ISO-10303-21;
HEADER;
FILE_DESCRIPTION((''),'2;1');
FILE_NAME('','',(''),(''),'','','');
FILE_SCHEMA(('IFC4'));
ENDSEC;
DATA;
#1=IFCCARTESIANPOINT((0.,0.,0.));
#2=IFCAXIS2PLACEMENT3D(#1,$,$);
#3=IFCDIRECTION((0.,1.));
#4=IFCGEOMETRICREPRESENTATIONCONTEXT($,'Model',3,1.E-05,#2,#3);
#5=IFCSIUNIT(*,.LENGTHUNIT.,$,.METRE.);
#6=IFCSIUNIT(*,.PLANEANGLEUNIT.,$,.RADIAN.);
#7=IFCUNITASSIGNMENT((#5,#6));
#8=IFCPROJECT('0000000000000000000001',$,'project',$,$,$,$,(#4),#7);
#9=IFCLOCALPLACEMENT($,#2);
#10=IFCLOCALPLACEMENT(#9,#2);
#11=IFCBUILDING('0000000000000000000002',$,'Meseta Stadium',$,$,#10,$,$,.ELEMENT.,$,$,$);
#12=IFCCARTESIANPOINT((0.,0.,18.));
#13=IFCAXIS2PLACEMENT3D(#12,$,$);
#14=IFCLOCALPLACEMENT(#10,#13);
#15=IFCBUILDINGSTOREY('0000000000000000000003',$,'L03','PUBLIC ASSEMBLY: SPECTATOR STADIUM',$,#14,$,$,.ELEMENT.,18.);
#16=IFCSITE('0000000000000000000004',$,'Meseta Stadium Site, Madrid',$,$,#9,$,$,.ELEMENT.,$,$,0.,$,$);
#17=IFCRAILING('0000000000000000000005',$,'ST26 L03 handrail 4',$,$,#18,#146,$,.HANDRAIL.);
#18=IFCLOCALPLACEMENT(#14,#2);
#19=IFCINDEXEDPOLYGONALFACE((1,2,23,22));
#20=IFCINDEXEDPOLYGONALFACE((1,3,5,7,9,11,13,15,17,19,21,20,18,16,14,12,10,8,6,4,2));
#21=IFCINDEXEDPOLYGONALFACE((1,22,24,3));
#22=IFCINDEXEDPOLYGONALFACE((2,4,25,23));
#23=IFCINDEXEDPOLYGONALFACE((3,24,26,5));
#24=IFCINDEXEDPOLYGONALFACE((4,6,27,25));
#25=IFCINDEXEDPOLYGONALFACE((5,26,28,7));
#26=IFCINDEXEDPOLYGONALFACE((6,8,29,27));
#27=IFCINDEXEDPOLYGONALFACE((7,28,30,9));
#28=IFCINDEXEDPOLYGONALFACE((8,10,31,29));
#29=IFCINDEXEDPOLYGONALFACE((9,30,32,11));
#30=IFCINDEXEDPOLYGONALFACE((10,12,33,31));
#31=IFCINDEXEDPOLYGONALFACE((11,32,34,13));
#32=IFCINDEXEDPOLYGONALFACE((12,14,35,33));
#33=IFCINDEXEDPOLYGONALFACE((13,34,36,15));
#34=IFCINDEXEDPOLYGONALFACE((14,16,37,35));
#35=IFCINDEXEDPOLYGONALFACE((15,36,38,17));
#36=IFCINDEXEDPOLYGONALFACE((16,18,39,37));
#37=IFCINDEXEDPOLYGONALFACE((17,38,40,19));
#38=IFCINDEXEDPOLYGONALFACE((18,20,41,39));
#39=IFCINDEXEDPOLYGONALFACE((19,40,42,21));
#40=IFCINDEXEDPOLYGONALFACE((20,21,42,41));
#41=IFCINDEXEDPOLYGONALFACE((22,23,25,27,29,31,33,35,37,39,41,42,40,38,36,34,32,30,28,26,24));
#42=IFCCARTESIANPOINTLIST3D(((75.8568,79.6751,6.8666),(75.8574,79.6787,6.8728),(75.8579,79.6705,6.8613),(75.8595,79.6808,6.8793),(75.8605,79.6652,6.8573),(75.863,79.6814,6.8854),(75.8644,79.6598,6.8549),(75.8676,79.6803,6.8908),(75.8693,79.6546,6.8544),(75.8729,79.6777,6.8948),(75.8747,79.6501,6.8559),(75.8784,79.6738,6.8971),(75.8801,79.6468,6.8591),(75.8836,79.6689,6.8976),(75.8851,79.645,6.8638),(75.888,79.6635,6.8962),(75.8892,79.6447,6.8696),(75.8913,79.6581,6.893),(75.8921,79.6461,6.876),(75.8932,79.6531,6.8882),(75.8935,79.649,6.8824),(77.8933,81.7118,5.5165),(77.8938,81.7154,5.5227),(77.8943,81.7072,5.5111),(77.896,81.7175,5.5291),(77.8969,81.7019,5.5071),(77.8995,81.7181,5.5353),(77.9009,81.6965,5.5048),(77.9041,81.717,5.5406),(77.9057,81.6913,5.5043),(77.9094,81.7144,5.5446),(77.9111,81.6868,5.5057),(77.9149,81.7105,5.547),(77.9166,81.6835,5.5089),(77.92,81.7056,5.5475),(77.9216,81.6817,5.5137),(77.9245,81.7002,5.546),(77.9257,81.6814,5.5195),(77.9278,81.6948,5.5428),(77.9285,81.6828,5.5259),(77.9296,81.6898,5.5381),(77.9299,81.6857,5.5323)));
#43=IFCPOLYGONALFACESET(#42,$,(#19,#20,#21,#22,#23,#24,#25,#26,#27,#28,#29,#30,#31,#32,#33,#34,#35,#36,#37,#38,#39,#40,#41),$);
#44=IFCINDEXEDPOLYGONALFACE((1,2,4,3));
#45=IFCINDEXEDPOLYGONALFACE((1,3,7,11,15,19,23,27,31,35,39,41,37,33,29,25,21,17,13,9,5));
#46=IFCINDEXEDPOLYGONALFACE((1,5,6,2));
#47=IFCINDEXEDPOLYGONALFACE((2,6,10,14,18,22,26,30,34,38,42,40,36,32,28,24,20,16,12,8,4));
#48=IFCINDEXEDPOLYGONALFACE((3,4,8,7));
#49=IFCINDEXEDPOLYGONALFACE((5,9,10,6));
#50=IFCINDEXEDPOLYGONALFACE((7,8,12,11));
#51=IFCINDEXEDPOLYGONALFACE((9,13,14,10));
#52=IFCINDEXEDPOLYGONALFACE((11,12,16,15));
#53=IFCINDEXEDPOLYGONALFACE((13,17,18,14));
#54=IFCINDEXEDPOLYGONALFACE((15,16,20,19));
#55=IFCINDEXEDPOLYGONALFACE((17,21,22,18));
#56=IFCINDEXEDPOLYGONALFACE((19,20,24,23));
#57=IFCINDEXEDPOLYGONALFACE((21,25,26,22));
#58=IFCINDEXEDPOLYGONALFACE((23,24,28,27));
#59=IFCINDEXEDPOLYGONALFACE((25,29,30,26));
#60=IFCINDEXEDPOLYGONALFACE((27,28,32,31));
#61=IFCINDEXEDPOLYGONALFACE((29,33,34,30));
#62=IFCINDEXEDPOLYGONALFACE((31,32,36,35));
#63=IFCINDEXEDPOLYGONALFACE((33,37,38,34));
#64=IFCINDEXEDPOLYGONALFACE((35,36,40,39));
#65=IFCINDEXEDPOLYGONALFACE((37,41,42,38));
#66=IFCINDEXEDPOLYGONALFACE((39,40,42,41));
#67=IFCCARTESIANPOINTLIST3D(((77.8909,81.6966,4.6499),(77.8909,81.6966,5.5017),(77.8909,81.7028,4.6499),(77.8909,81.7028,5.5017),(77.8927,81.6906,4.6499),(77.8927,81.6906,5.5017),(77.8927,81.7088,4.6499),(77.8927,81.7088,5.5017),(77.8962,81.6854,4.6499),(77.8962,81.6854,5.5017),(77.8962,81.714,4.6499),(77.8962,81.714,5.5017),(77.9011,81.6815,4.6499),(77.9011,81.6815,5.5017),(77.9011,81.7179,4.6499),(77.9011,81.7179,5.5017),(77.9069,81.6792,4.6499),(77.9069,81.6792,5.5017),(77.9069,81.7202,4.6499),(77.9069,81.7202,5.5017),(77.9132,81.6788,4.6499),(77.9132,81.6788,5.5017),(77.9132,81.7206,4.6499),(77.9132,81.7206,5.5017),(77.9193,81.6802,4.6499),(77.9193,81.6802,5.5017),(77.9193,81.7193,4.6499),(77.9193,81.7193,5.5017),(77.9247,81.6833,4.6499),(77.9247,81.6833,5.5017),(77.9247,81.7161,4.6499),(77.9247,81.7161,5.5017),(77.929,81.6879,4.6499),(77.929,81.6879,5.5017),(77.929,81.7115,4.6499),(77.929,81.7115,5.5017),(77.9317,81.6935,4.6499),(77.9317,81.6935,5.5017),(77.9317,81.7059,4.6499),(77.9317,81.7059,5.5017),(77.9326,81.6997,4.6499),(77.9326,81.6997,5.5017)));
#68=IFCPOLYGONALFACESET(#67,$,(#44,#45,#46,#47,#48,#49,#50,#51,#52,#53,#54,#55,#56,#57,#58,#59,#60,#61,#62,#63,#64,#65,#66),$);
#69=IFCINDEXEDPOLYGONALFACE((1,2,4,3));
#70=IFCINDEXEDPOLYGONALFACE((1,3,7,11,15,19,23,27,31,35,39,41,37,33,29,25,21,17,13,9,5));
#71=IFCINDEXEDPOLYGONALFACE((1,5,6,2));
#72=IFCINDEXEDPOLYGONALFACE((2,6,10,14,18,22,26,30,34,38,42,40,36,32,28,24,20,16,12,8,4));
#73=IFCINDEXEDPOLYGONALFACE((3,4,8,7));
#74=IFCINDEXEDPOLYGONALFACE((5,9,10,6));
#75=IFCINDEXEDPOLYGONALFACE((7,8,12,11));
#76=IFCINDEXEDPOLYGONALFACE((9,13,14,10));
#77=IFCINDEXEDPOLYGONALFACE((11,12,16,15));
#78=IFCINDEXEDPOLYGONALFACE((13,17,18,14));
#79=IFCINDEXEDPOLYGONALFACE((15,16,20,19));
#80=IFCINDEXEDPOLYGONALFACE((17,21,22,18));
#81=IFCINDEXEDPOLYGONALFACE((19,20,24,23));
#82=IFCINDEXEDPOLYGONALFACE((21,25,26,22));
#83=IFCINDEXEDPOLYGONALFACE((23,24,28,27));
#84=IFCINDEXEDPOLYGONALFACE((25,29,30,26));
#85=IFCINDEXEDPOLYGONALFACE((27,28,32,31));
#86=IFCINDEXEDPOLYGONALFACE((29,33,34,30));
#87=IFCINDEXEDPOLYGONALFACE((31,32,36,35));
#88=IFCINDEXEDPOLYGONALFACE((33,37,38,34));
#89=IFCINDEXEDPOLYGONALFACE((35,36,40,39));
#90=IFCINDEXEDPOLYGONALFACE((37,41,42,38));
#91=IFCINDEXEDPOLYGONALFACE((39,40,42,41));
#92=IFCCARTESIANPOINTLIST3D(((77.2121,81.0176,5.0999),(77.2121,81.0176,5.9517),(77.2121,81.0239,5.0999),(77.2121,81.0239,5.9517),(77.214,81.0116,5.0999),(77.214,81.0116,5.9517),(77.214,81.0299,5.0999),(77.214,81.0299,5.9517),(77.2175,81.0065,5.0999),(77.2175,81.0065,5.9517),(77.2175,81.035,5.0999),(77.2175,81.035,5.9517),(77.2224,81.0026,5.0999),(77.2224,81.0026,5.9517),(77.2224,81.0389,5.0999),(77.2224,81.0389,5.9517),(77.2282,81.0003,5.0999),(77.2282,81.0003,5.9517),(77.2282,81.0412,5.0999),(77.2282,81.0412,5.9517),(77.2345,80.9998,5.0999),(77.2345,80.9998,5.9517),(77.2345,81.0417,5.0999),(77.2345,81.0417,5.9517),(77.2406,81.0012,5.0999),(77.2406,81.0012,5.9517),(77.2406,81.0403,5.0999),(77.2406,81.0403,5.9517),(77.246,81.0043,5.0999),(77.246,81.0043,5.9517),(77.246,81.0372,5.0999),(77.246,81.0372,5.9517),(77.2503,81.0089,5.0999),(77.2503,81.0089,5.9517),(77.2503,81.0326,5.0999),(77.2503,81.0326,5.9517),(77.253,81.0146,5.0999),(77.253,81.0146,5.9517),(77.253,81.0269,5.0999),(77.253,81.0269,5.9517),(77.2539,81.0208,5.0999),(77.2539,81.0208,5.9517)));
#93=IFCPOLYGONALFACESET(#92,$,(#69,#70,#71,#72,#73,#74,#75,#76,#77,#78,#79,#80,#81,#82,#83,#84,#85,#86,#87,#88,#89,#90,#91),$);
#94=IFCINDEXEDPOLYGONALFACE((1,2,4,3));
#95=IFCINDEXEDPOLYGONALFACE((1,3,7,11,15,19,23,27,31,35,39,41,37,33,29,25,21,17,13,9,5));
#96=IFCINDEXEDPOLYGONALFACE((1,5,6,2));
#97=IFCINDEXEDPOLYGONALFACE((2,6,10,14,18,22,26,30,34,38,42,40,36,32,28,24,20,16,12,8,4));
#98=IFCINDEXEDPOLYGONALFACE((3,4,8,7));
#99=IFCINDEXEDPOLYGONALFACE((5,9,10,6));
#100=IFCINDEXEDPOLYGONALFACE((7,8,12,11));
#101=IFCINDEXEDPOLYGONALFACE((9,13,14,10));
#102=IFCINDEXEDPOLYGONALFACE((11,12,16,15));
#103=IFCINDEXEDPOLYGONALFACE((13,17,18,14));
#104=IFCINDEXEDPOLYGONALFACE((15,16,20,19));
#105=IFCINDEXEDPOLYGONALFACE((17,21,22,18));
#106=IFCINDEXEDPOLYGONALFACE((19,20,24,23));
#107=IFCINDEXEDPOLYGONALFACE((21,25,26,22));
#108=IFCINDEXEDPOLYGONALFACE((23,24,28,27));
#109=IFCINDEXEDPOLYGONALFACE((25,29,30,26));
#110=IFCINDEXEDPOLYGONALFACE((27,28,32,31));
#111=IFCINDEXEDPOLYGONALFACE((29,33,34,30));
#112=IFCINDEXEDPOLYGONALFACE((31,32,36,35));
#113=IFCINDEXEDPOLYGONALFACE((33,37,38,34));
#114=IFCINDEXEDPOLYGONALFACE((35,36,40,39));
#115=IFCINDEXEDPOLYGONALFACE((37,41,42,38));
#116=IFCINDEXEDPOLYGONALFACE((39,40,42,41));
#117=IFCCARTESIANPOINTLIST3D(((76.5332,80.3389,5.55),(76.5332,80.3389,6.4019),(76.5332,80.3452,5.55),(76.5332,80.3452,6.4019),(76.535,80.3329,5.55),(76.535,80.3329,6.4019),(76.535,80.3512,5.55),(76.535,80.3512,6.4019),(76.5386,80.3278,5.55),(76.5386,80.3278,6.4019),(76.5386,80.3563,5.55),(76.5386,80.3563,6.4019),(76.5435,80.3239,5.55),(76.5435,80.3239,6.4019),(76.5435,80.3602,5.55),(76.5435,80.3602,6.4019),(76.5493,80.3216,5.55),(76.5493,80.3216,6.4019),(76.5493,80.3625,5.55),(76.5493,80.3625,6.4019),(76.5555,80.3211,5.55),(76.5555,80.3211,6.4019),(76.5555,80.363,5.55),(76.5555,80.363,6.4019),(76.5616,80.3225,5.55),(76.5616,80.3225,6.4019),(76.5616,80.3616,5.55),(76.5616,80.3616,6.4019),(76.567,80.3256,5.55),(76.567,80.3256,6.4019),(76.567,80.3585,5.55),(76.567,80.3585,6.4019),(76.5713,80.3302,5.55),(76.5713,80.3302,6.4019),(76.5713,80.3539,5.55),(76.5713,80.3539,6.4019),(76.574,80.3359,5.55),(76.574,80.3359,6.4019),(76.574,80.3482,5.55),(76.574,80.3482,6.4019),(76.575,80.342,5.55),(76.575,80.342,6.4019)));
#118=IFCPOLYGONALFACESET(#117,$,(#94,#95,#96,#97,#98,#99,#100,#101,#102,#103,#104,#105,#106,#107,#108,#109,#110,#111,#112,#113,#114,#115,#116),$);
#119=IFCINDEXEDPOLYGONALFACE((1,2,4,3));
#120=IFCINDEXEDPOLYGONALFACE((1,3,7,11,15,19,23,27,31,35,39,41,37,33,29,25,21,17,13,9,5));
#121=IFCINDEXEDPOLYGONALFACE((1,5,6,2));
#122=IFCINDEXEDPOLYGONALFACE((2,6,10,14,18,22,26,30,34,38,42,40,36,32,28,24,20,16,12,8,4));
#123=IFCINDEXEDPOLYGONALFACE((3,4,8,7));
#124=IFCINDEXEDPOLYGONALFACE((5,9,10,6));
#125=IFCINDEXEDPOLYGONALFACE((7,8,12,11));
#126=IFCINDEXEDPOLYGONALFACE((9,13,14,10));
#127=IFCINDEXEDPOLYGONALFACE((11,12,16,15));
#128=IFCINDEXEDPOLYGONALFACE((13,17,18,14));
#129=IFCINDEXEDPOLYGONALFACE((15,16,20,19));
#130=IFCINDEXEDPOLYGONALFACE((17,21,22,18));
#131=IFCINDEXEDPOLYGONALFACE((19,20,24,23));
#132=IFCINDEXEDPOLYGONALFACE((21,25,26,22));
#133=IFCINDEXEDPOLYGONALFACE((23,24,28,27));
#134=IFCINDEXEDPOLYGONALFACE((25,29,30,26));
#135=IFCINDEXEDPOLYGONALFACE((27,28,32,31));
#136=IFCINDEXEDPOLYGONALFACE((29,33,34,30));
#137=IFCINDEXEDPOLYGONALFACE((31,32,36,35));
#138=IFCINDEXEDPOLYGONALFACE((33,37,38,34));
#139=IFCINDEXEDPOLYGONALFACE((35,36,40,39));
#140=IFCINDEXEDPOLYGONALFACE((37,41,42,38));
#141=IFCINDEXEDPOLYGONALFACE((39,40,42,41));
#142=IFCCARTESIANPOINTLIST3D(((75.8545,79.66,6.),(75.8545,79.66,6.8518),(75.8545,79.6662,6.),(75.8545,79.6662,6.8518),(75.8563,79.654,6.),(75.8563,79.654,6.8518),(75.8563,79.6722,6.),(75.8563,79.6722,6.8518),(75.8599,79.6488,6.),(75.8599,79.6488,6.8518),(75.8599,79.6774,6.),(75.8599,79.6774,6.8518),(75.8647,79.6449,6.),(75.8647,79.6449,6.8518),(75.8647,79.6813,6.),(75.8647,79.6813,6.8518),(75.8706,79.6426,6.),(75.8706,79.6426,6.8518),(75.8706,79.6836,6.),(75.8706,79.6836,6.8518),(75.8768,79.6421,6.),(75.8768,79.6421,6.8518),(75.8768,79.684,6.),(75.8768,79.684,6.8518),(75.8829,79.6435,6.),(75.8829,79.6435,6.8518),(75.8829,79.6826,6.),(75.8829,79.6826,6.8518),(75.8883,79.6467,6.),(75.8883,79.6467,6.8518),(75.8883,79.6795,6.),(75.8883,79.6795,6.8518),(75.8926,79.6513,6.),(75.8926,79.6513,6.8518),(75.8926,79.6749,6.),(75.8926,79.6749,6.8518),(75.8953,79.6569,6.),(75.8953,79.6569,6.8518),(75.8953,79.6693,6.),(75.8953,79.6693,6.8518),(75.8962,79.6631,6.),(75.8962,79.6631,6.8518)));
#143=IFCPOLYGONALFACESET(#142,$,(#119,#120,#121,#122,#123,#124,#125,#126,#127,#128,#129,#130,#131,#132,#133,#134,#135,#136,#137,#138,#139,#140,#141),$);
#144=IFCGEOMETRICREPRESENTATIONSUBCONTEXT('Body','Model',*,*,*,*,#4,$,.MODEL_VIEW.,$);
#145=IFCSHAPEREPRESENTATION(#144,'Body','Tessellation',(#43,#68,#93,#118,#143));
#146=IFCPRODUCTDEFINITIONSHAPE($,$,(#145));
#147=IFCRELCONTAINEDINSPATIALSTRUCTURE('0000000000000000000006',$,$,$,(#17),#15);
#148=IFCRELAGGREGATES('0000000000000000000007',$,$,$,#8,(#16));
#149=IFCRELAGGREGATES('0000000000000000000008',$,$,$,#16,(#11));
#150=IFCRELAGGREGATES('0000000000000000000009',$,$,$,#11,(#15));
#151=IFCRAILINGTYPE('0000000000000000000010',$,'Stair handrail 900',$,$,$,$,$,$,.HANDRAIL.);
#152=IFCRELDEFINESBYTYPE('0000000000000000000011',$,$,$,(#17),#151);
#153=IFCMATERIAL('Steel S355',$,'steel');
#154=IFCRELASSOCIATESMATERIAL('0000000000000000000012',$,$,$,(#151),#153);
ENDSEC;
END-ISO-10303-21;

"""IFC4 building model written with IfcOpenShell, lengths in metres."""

from ifc_helpers import new_model, si_unit, direction, frame, origin, origin_2d, place, context, subcontext, project, spatial, circle, extrude, material, type_object, element, save


model = new_model("IFC4")

# Units and contexts
model_context = context("Model", 3, precision=1e-05, world=origin(), true_north=direction((0.0, 1.0)))
body_context = subcontext(model_context, "Body", "Model", "MODEL_VIEW")
ifc_project = project(units=[si_unit("LENGTHUNIT", "METRE"), si_unit("PLANEANGLEUNIT", "RADIAN")], contexts=[model_context])

# Site, building, storey
site_placement = place(None, origin())
site = spatial("IfcSite", under=ifc_project, at=site_placement, Name="Meseta Stadium Site, Madrid", CompositionType="ELEMENT", RefElevation=0.0)
building_placement = place(site_placement, origin())
building = spatial("IfcBuilding", under=site, at=building_placement, Name="Meseta Stadium", CompositionType="ELEMENT")
storey_placement = place(building_placement, frame((0.0, 0.0, 18.0)))
storey = spatial("IfcBuildingStorey", under=building, at=storey_placement, Name="L03", Description="PUBLIC ASSEMBLY: SPECTATOR STADIUM", CompositionType="ELEMENT", Elevation=18.0)

# Railing
ifc_material_1 = material(Name="Steel S355", Category="steel")
railing_type_1 = type_object("IfcRailingType", Name="Stair handrail 900", PredefinedType="HANDRAIL", material=ifc_material_1)
for number, where, name in (
    (1, (77.9116, 81.6997, 4.6499), "ST26 L03 handrail 4"),
):
    element("IfcRailing", number, at=place(storey_placement, frame(where)), inside=storey, type_object=railing_type_1, Name=name, PredefinedType="HANDRAIL", context=body_context, shape_type="SweptSolid", body=[
        extrude(circle(Radius=0.0239, at=origin_2d()), frame((0.0, 0.0, 0.876), z_axis=(-0.640211, -0.640288, 0.424454), x_axis=(0.707149, -0.707064, 0.0)), (0.0, 0.0, 1.0), 3.1809),
        extrude(circle(Radius=0.021, at=origin_2d()), origin(), (0.0, 0.0, 1.0), 0.8518),
        extrude(circle(Radius=0.021, at=origin_2d()), frame((-0.6787, -0.679, 0.45)), (0.0, 0.0, 1.0), 0.8518),
        extrude(circle(Radius=0.021, at=origin_2d()), frame((-1.3577, -1.3577, 0.9001)), (0.0, 0.0, 1.0), 0.8518),
        extrude(circle(Radius=0.021, at=origin_2d()), frame((-2.0364, -2.0366, 1.3501)), (0.0, 0.0, 1.0), 0.8518),
    ])

save(model, "model.ifc")
